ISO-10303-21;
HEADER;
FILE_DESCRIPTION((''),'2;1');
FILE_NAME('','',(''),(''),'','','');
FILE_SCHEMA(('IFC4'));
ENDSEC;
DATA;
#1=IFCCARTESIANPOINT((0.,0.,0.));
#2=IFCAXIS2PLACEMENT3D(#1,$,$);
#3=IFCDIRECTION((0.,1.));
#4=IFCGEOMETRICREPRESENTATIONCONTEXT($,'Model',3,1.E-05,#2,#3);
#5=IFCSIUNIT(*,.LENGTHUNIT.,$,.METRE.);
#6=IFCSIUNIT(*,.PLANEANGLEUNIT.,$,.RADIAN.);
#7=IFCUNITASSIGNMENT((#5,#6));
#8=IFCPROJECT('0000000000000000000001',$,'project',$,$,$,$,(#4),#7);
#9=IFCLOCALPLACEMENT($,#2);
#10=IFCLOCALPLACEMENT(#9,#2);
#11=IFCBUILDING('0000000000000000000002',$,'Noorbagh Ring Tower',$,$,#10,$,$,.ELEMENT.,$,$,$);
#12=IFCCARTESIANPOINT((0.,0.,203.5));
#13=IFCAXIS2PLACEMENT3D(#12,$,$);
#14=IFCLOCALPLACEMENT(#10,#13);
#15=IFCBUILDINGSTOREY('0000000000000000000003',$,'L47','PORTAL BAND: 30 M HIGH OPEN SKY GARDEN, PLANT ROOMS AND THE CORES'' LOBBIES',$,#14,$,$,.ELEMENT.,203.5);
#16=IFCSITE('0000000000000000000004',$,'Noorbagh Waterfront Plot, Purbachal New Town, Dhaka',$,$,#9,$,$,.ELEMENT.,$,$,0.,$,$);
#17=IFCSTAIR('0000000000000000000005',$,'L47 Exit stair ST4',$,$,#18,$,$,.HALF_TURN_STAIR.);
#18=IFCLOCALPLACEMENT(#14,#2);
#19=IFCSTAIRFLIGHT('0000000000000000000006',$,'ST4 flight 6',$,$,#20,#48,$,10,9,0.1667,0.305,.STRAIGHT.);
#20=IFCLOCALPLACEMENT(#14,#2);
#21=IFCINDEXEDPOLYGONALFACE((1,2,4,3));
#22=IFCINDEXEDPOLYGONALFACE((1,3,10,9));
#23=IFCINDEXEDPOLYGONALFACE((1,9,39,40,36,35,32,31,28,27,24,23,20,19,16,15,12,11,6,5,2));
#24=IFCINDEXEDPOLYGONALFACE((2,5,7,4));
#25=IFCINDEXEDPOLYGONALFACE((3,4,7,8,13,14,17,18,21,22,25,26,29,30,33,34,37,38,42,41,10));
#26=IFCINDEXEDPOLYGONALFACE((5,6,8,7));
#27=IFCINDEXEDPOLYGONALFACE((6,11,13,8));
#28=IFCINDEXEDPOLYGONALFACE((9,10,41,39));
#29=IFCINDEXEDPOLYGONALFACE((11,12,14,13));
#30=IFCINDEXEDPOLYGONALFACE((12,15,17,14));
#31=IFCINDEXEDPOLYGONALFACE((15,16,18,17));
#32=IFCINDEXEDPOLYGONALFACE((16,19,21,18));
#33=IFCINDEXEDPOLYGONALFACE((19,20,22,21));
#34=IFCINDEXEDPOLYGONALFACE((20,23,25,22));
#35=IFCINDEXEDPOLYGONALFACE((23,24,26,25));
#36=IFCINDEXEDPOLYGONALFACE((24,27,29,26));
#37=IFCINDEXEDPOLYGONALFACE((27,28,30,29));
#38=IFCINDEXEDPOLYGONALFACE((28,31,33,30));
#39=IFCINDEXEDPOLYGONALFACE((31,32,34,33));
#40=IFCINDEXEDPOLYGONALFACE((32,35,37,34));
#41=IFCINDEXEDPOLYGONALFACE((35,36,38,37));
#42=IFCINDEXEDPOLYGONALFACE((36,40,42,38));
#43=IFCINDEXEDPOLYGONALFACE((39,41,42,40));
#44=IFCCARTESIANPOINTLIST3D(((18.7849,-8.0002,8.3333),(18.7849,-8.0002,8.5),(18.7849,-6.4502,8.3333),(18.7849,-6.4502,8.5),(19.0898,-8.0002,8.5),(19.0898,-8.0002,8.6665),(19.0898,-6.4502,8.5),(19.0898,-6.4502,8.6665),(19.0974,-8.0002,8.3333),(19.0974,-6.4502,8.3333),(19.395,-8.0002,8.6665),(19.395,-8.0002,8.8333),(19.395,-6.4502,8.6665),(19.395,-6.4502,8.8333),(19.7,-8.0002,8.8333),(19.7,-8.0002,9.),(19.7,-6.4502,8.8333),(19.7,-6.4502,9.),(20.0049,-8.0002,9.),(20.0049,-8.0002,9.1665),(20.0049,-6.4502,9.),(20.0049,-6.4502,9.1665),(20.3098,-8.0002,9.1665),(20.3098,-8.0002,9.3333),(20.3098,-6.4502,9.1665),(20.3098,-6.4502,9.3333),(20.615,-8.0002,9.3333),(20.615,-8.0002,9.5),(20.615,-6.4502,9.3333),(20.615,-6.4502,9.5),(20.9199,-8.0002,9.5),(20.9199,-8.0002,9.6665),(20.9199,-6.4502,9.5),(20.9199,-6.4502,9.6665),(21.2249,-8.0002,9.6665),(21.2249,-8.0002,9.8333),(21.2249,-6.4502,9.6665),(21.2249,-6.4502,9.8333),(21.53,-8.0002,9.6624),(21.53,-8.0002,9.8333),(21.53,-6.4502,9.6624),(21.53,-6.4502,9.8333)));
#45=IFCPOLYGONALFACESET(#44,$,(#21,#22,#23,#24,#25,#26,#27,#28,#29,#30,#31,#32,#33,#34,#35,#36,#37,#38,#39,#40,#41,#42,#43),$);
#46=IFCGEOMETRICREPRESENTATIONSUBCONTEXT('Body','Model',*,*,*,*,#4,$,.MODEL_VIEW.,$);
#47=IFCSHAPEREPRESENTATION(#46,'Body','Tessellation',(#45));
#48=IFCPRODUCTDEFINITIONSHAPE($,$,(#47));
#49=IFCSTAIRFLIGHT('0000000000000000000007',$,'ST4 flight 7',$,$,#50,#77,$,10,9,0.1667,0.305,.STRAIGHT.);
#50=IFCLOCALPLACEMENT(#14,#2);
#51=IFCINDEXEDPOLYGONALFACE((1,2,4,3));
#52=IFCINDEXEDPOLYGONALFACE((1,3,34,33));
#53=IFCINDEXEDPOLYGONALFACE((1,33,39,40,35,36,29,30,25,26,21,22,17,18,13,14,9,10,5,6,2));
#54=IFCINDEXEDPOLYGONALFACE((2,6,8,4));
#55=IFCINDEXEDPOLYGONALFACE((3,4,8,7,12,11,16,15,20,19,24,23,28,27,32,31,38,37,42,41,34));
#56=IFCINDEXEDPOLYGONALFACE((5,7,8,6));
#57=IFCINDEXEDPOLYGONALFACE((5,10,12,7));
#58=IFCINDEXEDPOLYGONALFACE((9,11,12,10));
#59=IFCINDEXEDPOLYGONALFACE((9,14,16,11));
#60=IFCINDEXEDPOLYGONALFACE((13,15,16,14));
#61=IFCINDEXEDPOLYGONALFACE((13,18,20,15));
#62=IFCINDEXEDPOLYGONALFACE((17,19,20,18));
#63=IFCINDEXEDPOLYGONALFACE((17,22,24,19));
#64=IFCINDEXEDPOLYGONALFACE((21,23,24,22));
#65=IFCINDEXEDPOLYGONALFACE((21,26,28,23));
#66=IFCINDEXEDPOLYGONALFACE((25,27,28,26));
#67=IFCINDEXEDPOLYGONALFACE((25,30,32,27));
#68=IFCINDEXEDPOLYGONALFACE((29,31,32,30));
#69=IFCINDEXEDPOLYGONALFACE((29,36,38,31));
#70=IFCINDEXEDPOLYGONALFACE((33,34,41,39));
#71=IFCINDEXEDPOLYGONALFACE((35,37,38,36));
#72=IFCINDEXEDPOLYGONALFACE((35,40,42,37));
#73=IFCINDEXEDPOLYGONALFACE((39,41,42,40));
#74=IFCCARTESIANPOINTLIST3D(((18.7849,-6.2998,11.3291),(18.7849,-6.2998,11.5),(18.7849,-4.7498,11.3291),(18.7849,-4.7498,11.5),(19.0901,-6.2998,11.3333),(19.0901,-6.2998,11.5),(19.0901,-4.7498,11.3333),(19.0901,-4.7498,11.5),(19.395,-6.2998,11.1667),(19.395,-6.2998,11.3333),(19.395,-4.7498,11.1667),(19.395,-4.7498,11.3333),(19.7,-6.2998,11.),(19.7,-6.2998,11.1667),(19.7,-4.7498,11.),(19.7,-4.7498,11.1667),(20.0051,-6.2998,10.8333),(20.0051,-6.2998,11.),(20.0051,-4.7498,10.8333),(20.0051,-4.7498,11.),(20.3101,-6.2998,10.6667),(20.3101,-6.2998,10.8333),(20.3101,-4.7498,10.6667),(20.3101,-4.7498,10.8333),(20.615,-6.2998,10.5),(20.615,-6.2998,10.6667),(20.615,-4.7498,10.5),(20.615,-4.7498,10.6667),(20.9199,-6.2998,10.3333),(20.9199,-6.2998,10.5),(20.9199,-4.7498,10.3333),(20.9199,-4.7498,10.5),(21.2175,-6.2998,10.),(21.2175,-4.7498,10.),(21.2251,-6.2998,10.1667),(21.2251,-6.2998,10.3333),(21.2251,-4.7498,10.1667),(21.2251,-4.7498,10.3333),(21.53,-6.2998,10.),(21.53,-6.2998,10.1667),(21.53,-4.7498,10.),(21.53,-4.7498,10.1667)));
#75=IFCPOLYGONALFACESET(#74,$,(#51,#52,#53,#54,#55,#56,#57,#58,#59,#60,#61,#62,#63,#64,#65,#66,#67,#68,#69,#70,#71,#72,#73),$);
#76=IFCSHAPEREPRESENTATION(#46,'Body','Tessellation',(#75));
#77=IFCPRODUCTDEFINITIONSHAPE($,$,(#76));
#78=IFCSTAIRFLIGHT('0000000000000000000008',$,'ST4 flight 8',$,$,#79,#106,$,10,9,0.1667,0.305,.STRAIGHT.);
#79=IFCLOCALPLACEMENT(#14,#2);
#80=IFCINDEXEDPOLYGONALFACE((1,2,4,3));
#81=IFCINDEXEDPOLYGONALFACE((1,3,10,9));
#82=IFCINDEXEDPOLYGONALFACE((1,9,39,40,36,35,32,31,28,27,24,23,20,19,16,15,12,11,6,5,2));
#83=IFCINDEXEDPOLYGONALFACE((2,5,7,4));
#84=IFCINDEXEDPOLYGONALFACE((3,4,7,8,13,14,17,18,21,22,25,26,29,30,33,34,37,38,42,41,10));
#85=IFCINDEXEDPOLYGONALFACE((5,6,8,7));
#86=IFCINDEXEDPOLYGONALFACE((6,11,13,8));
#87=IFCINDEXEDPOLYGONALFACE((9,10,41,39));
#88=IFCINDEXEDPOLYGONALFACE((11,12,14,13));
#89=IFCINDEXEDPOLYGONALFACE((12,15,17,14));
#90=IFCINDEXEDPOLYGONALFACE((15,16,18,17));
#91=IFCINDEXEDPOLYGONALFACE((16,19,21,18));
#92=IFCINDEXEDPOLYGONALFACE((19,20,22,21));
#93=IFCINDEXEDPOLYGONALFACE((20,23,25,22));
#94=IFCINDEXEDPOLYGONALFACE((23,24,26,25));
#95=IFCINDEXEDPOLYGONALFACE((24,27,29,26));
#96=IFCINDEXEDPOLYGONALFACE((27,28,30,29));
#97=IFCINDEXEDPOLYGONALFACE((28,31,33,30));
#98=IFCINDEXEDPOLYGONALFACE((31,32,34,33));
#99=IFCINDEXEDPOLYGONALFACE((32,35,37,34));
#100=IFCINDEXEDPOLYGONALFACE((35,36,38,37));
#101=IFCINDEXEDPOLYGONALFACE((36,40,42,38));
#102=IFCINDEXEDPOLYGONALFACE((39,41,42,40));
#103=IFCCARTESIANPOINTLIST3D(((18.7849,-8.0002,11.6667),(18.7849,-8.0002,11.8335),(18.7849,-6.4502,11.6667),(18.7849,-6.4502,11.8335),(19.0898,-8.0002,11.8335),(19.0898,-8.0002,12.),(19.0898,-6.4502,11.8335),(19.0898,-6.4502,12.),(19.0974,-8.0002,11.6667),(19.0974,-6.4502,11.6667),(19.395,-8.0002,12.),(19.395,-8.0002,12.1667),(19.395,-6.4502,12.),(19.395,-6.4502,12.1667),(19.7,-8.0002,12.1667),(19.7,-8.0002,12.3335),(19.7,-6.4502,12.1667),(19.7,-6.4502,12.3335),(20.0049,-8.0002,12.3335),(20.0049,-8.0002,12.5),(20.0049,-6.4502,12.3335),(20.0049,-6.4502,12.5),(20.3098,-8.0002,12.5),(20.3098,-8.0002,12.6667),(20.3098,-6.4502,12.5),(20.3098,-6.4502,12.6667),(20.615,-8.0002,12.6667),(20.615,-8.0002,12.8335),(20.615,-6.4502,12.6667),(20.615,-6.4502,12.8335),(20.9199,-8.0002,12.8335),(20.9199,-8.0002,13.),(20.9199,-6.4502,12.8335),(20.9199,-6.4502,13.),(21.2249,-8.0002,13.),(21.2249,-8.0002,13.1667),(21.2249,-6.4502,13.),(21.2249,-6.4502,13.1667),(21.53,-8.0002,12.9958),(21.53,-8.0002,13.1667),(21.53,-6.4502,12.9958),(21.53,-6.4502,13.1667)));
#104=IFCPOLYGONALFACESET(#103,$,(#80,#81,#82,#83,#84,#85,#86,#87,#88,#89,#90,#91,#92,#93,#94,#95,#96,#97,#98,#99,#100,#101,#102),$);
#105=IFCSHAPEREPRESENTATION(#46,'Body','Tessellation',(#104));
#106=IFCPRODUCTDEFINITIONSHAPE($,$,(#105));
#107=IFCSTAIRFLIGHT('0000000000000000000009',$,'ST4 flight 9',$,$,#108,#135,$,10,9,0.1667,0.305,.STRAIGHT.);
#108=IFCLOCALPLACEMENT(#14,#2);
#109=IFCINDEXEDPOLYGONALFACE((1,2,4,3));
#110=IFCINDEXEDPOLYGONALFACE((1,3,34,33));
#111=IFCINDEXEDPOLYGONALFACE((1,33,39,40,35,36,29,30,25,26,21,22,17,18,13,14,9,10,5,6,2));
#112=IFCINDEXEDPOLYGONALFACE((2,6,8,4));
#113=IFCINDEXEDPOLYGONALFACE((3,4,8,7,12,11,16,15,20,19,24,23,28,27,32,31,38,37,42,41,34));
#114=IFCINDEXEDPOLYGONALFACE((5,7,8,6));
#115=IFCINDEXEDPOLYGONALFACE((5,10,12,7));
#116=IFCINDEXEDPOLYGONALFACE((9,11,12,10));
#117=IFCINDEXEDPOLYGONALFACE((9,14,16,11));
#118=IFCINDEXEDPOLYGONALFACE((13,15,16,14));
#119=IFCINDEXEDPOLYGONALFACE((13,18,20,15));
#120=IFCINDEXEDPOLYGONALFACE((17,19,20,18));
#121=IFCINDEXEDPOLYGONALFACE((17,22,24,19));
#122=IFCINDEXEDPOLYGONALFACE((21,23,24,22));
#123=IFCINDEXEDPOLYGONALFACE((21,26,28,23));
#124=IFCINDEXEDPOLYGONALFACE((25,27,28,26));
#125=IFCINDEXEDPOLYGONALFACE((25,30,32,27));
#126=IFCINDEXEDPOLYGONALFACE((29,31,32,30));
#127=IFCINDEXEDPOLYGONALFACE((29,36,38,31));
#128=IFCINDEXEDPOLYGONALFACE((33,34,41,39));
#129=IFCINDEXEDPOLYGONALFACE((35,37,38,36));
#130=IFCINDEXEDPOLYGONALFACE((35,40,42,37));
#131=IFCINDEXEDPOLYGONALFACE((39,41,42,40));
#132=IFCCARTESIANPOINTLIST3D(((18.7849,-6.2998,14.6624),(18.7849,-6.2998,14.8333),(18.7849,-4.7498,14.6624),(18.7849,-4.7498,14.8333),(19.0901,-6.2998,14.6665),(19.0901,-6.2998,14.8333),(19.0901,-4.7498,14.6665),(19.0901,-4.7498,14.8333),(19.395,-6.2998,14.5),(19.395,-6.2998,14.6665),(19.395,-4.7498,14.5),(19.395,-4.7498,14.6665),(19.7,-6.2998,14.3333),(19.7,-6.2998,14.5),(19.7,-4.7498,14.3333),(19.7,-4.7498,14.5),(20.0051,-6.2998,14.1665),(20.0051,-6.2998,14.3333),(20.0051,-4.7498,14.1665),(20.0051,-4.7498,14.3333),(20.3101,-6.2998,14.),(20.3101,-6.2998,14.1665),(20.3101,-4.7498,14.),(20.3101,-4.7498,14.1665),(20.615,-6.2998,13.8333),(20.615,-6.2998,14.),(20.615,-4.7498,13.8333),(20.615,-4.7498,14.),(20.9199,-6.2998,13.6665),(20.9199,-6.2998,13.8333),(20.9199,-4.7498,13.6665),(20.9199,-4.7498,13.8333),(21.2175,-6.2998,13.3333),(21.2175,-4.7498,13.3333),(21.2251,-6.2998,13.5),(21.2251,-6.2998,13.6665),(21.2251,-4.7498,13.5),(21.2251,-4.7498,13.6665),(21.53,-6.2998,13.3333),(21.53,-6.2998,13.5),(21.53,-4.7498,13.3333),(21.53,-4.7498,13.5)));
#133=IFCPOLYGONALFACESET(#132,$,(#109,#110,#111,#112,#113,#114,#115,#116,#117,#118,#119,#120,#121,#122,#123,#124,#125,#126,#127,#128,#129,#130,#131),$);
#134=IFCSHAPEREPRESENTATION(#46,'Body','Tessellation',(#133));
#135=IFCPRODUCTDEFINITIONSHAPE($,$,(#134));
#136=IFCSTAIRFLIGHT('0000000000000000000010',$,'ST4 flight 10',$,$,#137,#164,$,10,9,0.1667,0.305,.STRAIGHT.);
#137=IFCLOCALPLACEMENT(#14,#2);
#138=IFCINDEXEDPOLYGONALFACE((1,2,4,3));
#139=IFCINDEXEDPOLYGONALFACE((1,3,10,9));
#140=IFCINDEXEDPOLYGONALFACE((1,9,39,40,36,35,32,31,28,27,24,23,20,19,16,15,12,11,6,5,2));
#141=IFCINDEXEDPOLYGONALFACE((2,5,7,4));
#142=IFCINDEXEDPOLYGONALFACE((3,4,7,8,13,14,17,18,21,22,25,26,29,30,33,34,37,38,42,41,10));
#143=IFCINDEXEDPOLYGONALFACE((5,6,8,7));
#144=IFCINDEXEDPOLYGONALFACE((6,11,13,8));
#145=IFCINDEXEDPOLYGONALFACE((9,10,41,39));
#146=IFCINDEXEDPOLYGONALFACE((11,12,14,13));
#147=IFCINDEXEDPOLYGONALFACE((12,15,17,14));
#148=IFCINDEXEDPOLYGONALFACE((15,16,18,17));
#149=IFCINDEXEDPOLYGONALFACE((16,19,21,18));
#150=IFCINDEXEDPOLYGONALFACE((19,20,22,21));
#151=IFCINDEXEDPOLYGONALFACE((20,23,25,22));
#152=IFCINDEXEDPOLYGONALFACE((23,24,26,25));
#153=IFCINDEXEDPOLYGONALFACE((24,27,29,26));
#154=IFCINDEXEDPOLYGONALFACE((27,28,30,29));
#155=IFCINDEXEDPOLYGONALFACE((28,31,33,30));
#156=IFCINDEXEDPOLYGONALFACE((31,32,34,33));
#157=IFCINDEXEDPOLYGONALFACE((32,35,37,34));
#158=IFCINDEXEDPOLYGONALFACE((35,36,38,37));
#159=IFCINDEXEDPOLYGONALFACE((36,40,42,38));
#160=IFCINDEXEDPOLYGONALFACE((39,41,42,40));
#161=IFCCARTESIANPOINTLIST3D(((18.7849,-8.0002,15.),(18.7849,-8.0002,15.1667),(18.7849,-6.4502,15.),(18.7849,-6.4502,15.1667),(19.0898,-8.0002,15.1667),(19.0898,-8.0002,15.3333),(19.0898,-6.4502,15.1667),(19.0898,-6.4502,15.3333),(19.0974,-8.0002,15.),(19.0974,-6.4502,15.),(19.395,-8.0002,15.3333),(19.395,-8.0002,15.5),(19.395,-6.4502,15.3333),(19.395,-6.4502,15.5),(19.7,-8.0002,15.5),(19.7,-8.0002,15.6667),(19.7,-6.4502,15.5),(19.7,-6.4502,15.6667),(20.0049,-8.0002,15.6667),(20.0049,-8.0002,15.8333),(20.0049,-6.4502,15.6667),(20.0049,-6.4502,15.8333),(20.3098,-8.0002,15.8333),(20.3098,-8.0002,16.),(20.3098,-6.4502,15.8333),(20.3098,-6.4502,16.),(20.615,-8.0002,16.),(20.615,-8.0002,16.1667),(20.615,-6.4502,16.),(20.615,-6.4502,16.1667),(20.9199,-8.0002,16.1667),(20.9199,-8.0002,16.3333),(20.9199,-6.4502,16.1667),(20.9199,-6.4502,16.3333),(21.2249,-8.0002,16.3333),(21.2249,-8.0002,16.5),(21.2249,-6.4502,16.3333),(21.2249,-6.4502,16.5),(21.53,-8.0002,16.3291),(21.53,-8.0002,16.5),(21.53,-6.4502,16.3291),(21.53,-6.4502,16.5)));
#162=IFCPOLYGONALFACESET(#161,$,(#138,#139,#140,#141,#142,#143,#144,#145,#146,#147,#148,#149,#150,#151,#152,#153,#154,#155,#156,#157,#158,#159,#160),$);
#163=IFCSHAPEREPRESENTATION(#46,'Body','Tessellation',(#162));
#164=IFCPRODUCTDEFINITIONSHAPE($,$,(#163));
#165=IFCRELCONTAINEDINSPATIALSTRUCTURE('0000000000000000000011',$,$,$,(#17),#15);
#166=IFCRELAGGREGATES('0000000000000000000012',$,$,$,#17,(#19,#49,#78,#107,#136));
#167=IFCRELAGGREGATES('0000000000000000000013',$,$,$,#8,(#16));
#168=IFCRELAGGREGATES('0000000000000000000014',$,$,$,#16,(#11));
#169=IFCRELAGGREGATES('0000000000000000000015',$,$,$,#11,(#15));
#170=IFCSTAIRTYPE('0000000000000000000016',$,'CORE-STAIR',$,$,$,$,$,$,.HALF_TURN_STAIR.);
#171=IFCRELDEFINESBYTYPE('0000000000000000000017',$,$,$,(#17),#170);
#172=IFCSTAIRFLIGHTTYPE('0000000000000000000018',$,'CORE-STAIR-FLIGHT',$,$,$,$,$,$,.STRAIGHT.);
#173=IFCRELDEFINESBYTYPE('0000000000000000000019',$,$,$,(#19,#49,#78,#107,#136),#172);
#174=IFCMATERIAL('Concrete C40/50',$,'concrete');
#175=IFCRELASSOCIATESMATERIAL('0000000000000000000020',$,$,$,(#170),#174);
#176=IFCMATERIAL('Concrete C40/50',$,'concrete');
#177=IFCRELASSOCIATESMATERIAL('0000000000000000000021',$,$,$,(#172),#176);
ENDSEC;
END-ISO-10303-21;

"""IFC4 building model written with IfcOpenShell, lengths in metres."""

from ifc_helpers import new_model, si_unit, direction, frame, origin, place, context, subcontext, project, spatial, polyline, outline, extrude, material, type_object, element, aggregate, save


model = new_model("IFC4")

# Units and contexts
model_context = context("Model", 3, precision=1e-05, world=origin(), true_north=direction((0.0, 1.0)))
body_context = subcontext(model_context, "Body", "Model", "MODEL_VIEW")
ifc_project = project(units=[si_unit("LENGTHUNIT", "METRE"), si_unit("PLANEANGLEUNIT", "RADIAN")], contexts=[model_context])

# Site, building, storey
site_placement = place(None, origin())
site = spatial("IfcSite", under=ifc_project, at=site_placement, Name="Noorbagh Waterfront Plot, Purbachal New Town, Dhaka", CompositionType="ELEMENT", RefElevation=0.0)
building_placement = place(site_placement, origin())
building = spatial("IfcBuilding", under=site, at=building_placement, Name="Noorbagh Ring Tower", CompositionType="ELEMENT")
storey_placement = place(building_placement, frame((0.0, 0.0, 203.5)))
storey = spatial("IfcBuildingStorey", under=building, at=storey_placement, Name="L47", Description="PORTAL BAND: 30 M HIGH OPEN SKY GARDEN, PLANT ROOMS AND THE CORES' LOBBIES", CompositionType="ELEMENT", Elevation=203.5)

# Stair, stair flights
ifc_material_1 = material(Name="Concrete C40/50", Category="concrete")
stair_type = type_object("IfcStairType", Name="CORE-STAIR", PredefinedType="HALF_TURN_STAIR", material=ifc_material_1)
stair_placement = place(storey_placement, origin())
stair = element("IfcStair", 1, at=stair_placement, inside=storey, type_object=stair_type, Name="L47 Exit stair ST4", PredefinedType="HALF_TURN_STAIR")
ifc_material_2 = material(Name="Concrete C40/50", Category="concrete")
stair_flight_type = type_object("IfcStairFlightType", Name="CORE-STAIR-FLIGHT", PredefinedType="STRAIGHT", material=ifc_material_2)
stair_flight_1_placement = place(storey_placement, frame((18.7849, -7.2251, 8.3333), z_axis=(0.0, 0.0, 1.0), x_axis=(1.0, 0.0, 0.0)))
stair_flight_1 = element("IfcStairFlight", 2, at=stair_flight_1_placement, type_object=stair_flight_type, Name="ST4 flight 6", NumberOfRisers=10, NumberOfTreads=9, PredefinedType="STRAIGHT", RiserHeight=0.1667, TreadLength=0.305, context=body_context, shape_type="SweptSolid", body=[
    extrude(outline(polyline([(0.0, 0.0), (0.0, 0.1667), (0.3049, 0.1667), (0.3049, 0.3333), (0.6101, 0.3333), (0.6101, 0.5), (0.915, 0.5), (0.915, 0.6667), (1.22, 0.6667), (1.22, 0.8333), (1.5249, 0.8333), (1.5249, 1.0), (1.8301, 1.0), (1.8301, 1.1667), (2.135, 1.1667), (2.135, 1.3333), (2.4399, 1.3333), (2.4399, 1.5), (2.7451, 1.5), (2.7451, 1.6667), (2.7451, 1.3291), (0.3125, 0.0), (0.0, 0.0)])), frame((0.0, 0.7749, 0.0), z_axis=(0.0, -1.0, 0.0), x_axis=(1.0, 0.0, 0.0)), (0.0, 0.0, 1.0), 1.55),
])
stair_flight_2_placement = place(storey_placement, frame((21.53, -5.5249, 10.0), z_axis=(0.0, 0.0, 1.0), x_axis=(-1.0, 0.0, 0.0)))
stair_flight_2 = element("IfcStairFlight", 3, at=stair_flight_2_placement, type_object=stair_flight_type, Name="ST4 flight 7", NumberOfRisers=10, NumberOfTreads=9, PredefinedType="STRAIGHT", RiserHeight=0.1667, TreadLength=0.305, context=body_context, shape_type="SweptSolid", body=[
    extrude(outline(polyline([(0.0, 0.0), (0.0, 0.1667), (0.3049, 0.1667), (0.3049, 0.3333), (0.6101, 0.3333), (0.6101, 0.5), (0.915, 0.5), (0.915, 0.6667), (1.22, 0.6667), (1.22, 0.8333), (1.5249, 0.8333), (1.5249, 1.0), (1.8301, 1.0), (1.8301, 1.1667), (2.135, 1.1667), (2.135, 1.3333), (2.4399, 1.3333), (2.4399, 1.5), (2.7451, 1.5), (2.7451, 1.6667), (2.7451, 1.3291), (0.3125, 0.0), (0.0, 0.0)])), frame((0.0, 0.7749, 0.0), z_axis=(0.0, -1.0, 0.0), x_axis=(1.0, 0.0, 0.0)), (0.0, 0.0, 1.0), 1.55),
])
stair_flight_3_placement = place(storey_placement, frame((18.7849, -7.2251, 11.6667), z_axis=(0.0, 0.0, 1.0), x_axis=(1.0, 0.0, 0.0)))
stair_flight_3 = element("IfcStairFlight", 4, at=stair_flight_3_placement, type_object=stair_flight_type, Name="ST4 flight 8", NumberOfRisers=10, NumberOfTreads=9, PredefinedType="STRAIGHT", RiserHeight=0.1667, TreadLength=0.305, context=body_context, shape_type="SweptSolid", body=[
    extrude(outline(polyline([(0.0, 0.0), (0.0, 0.1667), (0.3049, 0.1667), (0.3049, 0.3333), (0.6101, 0.3333), (0.6101, 0.5), (0.915, 0.5), (0.915, 0.6667), (1.22, 0.6667), (1.22, 0.8333), (1.5249, 0.8333), (1.5249, 1.0), (1.8301, 1.0), (1.8301, 1.1667), (2.135, 1.1667), (2.135, 1.3333), (2.4399, 1.3333), (2.4399, 1.5), (2.7451, 1.5), (2.7451, 1.6667), (2.7451, 1.3291), (0.3125, 0.0), (0.0, 0.0)])), frame((0.0, 0.7749, 0.0), z_axis=(0.0, -1.0, 0.0), x_axis=(1.0, 0.0, 0.0)), (0.0, 0.0, 1.0), 1.55),
])
stair_flight_4_placement = place(storey_placement, frame((21.53, -5.5249, 13.3333), z_axis=(0.0, 0.0, 1.0), x_axis=(-1.0, 0.0, 0.0)))
stair_flight_4 = element("IfcStairFlight", 5, at=stair_flight_4_placement, type_object=stair_flight_type, Name="ST4 flight 9", NumberOfRisers=10, NumberOfTreads=9, PredefinedType="STRAIGHT", RiserHeight=0.1667, TreadLength=0.305, context=body_context, shape_type="SweptSolid", body=[
    extrude(outline(polyline([(0.0, 0.0), (0.0, 0.1667), (0.3049, 0.1667), (0.3049, 0.3333), (0.6101, 0.3333), (0.6101, 0.5), (0.915, 0.5), (0.915, 0.6667), (1.22, 0.6667), (1.22, 0.8333), (1.5249, 0.8333), (1.5249, 1.0), (1.8301, 1.0), (1.8301, 1.1667), (2.135, 1.1667), (2.135, 1.3333), (2.4399, 1.3333), (2.4399, 1.5), (2.7451, 1.5), (2.7451, 1.6667), (2.7451, 1.3291), (0.3125, 0.0), (0.0, 0.0)])), frame((0.0, 0.7749, 0.0), z_axis=(0.0, -1.0, 0.0), x_axis=(1.0, 0.0, 0.0)), (0.0, 0.0, 1.0), 1.55),
])
stair_flight_5_placement = place(storey_placement, frame((18.7849, -7.2251, 15.0), z_axis=(0.0, 0.0, 1.0), x_axis=(1.0, 0.0, 0.0)))
stair_flight_5 = element("IfcStairFlight", 6, at=stair_flight_5_placement, type_object=stair_flight_type, Name="ST4 flight 10", NumberOfRisers=10, NumberOfTreads=9, PredefinedType="STRAIGHT", RiserHeight=0.1667, TreadLength=0.305, context=body_context, shape_type="SweptSolid", body=[
    extrude(outline(polyline([(0.0, 0.0), (0.0, 0.1667), (0.3049, 0.1667), (0.3049, 0.3333), (0.6101, 0.3333), (0.6101, 0.5), (0.915, 0.5), (0.915, 0.6667), (1.22, 0.6667), (1.22, 0.8333), (1.5249, 0.8333), (1.5249, 1.0), (1.8301, 1.0), (1.8301, 1.1667), (2.135, 1.1667), (2.135, 1.3333), (2.4399, 1.3333), (2.4399, 1.5), (2.7451, 1.5), (2.7451, 1.6667), (2.7451, 1.3291), (0.3125, 0.0), (0.0, 0.0)])), frame((0.0, 0.7749, 0.0), z_axis=(0.0, -1.0, 0.0), x_axis=(1.0, 0.0, 0.0)), (0.0, 0.0, 1.0), 1.55),
])
aggregate(stair, [stair_flight_1, stair_flight_2, stair_flight_3, stair_flight_4, stair_flight_5])

save(model, "model.ifc")
